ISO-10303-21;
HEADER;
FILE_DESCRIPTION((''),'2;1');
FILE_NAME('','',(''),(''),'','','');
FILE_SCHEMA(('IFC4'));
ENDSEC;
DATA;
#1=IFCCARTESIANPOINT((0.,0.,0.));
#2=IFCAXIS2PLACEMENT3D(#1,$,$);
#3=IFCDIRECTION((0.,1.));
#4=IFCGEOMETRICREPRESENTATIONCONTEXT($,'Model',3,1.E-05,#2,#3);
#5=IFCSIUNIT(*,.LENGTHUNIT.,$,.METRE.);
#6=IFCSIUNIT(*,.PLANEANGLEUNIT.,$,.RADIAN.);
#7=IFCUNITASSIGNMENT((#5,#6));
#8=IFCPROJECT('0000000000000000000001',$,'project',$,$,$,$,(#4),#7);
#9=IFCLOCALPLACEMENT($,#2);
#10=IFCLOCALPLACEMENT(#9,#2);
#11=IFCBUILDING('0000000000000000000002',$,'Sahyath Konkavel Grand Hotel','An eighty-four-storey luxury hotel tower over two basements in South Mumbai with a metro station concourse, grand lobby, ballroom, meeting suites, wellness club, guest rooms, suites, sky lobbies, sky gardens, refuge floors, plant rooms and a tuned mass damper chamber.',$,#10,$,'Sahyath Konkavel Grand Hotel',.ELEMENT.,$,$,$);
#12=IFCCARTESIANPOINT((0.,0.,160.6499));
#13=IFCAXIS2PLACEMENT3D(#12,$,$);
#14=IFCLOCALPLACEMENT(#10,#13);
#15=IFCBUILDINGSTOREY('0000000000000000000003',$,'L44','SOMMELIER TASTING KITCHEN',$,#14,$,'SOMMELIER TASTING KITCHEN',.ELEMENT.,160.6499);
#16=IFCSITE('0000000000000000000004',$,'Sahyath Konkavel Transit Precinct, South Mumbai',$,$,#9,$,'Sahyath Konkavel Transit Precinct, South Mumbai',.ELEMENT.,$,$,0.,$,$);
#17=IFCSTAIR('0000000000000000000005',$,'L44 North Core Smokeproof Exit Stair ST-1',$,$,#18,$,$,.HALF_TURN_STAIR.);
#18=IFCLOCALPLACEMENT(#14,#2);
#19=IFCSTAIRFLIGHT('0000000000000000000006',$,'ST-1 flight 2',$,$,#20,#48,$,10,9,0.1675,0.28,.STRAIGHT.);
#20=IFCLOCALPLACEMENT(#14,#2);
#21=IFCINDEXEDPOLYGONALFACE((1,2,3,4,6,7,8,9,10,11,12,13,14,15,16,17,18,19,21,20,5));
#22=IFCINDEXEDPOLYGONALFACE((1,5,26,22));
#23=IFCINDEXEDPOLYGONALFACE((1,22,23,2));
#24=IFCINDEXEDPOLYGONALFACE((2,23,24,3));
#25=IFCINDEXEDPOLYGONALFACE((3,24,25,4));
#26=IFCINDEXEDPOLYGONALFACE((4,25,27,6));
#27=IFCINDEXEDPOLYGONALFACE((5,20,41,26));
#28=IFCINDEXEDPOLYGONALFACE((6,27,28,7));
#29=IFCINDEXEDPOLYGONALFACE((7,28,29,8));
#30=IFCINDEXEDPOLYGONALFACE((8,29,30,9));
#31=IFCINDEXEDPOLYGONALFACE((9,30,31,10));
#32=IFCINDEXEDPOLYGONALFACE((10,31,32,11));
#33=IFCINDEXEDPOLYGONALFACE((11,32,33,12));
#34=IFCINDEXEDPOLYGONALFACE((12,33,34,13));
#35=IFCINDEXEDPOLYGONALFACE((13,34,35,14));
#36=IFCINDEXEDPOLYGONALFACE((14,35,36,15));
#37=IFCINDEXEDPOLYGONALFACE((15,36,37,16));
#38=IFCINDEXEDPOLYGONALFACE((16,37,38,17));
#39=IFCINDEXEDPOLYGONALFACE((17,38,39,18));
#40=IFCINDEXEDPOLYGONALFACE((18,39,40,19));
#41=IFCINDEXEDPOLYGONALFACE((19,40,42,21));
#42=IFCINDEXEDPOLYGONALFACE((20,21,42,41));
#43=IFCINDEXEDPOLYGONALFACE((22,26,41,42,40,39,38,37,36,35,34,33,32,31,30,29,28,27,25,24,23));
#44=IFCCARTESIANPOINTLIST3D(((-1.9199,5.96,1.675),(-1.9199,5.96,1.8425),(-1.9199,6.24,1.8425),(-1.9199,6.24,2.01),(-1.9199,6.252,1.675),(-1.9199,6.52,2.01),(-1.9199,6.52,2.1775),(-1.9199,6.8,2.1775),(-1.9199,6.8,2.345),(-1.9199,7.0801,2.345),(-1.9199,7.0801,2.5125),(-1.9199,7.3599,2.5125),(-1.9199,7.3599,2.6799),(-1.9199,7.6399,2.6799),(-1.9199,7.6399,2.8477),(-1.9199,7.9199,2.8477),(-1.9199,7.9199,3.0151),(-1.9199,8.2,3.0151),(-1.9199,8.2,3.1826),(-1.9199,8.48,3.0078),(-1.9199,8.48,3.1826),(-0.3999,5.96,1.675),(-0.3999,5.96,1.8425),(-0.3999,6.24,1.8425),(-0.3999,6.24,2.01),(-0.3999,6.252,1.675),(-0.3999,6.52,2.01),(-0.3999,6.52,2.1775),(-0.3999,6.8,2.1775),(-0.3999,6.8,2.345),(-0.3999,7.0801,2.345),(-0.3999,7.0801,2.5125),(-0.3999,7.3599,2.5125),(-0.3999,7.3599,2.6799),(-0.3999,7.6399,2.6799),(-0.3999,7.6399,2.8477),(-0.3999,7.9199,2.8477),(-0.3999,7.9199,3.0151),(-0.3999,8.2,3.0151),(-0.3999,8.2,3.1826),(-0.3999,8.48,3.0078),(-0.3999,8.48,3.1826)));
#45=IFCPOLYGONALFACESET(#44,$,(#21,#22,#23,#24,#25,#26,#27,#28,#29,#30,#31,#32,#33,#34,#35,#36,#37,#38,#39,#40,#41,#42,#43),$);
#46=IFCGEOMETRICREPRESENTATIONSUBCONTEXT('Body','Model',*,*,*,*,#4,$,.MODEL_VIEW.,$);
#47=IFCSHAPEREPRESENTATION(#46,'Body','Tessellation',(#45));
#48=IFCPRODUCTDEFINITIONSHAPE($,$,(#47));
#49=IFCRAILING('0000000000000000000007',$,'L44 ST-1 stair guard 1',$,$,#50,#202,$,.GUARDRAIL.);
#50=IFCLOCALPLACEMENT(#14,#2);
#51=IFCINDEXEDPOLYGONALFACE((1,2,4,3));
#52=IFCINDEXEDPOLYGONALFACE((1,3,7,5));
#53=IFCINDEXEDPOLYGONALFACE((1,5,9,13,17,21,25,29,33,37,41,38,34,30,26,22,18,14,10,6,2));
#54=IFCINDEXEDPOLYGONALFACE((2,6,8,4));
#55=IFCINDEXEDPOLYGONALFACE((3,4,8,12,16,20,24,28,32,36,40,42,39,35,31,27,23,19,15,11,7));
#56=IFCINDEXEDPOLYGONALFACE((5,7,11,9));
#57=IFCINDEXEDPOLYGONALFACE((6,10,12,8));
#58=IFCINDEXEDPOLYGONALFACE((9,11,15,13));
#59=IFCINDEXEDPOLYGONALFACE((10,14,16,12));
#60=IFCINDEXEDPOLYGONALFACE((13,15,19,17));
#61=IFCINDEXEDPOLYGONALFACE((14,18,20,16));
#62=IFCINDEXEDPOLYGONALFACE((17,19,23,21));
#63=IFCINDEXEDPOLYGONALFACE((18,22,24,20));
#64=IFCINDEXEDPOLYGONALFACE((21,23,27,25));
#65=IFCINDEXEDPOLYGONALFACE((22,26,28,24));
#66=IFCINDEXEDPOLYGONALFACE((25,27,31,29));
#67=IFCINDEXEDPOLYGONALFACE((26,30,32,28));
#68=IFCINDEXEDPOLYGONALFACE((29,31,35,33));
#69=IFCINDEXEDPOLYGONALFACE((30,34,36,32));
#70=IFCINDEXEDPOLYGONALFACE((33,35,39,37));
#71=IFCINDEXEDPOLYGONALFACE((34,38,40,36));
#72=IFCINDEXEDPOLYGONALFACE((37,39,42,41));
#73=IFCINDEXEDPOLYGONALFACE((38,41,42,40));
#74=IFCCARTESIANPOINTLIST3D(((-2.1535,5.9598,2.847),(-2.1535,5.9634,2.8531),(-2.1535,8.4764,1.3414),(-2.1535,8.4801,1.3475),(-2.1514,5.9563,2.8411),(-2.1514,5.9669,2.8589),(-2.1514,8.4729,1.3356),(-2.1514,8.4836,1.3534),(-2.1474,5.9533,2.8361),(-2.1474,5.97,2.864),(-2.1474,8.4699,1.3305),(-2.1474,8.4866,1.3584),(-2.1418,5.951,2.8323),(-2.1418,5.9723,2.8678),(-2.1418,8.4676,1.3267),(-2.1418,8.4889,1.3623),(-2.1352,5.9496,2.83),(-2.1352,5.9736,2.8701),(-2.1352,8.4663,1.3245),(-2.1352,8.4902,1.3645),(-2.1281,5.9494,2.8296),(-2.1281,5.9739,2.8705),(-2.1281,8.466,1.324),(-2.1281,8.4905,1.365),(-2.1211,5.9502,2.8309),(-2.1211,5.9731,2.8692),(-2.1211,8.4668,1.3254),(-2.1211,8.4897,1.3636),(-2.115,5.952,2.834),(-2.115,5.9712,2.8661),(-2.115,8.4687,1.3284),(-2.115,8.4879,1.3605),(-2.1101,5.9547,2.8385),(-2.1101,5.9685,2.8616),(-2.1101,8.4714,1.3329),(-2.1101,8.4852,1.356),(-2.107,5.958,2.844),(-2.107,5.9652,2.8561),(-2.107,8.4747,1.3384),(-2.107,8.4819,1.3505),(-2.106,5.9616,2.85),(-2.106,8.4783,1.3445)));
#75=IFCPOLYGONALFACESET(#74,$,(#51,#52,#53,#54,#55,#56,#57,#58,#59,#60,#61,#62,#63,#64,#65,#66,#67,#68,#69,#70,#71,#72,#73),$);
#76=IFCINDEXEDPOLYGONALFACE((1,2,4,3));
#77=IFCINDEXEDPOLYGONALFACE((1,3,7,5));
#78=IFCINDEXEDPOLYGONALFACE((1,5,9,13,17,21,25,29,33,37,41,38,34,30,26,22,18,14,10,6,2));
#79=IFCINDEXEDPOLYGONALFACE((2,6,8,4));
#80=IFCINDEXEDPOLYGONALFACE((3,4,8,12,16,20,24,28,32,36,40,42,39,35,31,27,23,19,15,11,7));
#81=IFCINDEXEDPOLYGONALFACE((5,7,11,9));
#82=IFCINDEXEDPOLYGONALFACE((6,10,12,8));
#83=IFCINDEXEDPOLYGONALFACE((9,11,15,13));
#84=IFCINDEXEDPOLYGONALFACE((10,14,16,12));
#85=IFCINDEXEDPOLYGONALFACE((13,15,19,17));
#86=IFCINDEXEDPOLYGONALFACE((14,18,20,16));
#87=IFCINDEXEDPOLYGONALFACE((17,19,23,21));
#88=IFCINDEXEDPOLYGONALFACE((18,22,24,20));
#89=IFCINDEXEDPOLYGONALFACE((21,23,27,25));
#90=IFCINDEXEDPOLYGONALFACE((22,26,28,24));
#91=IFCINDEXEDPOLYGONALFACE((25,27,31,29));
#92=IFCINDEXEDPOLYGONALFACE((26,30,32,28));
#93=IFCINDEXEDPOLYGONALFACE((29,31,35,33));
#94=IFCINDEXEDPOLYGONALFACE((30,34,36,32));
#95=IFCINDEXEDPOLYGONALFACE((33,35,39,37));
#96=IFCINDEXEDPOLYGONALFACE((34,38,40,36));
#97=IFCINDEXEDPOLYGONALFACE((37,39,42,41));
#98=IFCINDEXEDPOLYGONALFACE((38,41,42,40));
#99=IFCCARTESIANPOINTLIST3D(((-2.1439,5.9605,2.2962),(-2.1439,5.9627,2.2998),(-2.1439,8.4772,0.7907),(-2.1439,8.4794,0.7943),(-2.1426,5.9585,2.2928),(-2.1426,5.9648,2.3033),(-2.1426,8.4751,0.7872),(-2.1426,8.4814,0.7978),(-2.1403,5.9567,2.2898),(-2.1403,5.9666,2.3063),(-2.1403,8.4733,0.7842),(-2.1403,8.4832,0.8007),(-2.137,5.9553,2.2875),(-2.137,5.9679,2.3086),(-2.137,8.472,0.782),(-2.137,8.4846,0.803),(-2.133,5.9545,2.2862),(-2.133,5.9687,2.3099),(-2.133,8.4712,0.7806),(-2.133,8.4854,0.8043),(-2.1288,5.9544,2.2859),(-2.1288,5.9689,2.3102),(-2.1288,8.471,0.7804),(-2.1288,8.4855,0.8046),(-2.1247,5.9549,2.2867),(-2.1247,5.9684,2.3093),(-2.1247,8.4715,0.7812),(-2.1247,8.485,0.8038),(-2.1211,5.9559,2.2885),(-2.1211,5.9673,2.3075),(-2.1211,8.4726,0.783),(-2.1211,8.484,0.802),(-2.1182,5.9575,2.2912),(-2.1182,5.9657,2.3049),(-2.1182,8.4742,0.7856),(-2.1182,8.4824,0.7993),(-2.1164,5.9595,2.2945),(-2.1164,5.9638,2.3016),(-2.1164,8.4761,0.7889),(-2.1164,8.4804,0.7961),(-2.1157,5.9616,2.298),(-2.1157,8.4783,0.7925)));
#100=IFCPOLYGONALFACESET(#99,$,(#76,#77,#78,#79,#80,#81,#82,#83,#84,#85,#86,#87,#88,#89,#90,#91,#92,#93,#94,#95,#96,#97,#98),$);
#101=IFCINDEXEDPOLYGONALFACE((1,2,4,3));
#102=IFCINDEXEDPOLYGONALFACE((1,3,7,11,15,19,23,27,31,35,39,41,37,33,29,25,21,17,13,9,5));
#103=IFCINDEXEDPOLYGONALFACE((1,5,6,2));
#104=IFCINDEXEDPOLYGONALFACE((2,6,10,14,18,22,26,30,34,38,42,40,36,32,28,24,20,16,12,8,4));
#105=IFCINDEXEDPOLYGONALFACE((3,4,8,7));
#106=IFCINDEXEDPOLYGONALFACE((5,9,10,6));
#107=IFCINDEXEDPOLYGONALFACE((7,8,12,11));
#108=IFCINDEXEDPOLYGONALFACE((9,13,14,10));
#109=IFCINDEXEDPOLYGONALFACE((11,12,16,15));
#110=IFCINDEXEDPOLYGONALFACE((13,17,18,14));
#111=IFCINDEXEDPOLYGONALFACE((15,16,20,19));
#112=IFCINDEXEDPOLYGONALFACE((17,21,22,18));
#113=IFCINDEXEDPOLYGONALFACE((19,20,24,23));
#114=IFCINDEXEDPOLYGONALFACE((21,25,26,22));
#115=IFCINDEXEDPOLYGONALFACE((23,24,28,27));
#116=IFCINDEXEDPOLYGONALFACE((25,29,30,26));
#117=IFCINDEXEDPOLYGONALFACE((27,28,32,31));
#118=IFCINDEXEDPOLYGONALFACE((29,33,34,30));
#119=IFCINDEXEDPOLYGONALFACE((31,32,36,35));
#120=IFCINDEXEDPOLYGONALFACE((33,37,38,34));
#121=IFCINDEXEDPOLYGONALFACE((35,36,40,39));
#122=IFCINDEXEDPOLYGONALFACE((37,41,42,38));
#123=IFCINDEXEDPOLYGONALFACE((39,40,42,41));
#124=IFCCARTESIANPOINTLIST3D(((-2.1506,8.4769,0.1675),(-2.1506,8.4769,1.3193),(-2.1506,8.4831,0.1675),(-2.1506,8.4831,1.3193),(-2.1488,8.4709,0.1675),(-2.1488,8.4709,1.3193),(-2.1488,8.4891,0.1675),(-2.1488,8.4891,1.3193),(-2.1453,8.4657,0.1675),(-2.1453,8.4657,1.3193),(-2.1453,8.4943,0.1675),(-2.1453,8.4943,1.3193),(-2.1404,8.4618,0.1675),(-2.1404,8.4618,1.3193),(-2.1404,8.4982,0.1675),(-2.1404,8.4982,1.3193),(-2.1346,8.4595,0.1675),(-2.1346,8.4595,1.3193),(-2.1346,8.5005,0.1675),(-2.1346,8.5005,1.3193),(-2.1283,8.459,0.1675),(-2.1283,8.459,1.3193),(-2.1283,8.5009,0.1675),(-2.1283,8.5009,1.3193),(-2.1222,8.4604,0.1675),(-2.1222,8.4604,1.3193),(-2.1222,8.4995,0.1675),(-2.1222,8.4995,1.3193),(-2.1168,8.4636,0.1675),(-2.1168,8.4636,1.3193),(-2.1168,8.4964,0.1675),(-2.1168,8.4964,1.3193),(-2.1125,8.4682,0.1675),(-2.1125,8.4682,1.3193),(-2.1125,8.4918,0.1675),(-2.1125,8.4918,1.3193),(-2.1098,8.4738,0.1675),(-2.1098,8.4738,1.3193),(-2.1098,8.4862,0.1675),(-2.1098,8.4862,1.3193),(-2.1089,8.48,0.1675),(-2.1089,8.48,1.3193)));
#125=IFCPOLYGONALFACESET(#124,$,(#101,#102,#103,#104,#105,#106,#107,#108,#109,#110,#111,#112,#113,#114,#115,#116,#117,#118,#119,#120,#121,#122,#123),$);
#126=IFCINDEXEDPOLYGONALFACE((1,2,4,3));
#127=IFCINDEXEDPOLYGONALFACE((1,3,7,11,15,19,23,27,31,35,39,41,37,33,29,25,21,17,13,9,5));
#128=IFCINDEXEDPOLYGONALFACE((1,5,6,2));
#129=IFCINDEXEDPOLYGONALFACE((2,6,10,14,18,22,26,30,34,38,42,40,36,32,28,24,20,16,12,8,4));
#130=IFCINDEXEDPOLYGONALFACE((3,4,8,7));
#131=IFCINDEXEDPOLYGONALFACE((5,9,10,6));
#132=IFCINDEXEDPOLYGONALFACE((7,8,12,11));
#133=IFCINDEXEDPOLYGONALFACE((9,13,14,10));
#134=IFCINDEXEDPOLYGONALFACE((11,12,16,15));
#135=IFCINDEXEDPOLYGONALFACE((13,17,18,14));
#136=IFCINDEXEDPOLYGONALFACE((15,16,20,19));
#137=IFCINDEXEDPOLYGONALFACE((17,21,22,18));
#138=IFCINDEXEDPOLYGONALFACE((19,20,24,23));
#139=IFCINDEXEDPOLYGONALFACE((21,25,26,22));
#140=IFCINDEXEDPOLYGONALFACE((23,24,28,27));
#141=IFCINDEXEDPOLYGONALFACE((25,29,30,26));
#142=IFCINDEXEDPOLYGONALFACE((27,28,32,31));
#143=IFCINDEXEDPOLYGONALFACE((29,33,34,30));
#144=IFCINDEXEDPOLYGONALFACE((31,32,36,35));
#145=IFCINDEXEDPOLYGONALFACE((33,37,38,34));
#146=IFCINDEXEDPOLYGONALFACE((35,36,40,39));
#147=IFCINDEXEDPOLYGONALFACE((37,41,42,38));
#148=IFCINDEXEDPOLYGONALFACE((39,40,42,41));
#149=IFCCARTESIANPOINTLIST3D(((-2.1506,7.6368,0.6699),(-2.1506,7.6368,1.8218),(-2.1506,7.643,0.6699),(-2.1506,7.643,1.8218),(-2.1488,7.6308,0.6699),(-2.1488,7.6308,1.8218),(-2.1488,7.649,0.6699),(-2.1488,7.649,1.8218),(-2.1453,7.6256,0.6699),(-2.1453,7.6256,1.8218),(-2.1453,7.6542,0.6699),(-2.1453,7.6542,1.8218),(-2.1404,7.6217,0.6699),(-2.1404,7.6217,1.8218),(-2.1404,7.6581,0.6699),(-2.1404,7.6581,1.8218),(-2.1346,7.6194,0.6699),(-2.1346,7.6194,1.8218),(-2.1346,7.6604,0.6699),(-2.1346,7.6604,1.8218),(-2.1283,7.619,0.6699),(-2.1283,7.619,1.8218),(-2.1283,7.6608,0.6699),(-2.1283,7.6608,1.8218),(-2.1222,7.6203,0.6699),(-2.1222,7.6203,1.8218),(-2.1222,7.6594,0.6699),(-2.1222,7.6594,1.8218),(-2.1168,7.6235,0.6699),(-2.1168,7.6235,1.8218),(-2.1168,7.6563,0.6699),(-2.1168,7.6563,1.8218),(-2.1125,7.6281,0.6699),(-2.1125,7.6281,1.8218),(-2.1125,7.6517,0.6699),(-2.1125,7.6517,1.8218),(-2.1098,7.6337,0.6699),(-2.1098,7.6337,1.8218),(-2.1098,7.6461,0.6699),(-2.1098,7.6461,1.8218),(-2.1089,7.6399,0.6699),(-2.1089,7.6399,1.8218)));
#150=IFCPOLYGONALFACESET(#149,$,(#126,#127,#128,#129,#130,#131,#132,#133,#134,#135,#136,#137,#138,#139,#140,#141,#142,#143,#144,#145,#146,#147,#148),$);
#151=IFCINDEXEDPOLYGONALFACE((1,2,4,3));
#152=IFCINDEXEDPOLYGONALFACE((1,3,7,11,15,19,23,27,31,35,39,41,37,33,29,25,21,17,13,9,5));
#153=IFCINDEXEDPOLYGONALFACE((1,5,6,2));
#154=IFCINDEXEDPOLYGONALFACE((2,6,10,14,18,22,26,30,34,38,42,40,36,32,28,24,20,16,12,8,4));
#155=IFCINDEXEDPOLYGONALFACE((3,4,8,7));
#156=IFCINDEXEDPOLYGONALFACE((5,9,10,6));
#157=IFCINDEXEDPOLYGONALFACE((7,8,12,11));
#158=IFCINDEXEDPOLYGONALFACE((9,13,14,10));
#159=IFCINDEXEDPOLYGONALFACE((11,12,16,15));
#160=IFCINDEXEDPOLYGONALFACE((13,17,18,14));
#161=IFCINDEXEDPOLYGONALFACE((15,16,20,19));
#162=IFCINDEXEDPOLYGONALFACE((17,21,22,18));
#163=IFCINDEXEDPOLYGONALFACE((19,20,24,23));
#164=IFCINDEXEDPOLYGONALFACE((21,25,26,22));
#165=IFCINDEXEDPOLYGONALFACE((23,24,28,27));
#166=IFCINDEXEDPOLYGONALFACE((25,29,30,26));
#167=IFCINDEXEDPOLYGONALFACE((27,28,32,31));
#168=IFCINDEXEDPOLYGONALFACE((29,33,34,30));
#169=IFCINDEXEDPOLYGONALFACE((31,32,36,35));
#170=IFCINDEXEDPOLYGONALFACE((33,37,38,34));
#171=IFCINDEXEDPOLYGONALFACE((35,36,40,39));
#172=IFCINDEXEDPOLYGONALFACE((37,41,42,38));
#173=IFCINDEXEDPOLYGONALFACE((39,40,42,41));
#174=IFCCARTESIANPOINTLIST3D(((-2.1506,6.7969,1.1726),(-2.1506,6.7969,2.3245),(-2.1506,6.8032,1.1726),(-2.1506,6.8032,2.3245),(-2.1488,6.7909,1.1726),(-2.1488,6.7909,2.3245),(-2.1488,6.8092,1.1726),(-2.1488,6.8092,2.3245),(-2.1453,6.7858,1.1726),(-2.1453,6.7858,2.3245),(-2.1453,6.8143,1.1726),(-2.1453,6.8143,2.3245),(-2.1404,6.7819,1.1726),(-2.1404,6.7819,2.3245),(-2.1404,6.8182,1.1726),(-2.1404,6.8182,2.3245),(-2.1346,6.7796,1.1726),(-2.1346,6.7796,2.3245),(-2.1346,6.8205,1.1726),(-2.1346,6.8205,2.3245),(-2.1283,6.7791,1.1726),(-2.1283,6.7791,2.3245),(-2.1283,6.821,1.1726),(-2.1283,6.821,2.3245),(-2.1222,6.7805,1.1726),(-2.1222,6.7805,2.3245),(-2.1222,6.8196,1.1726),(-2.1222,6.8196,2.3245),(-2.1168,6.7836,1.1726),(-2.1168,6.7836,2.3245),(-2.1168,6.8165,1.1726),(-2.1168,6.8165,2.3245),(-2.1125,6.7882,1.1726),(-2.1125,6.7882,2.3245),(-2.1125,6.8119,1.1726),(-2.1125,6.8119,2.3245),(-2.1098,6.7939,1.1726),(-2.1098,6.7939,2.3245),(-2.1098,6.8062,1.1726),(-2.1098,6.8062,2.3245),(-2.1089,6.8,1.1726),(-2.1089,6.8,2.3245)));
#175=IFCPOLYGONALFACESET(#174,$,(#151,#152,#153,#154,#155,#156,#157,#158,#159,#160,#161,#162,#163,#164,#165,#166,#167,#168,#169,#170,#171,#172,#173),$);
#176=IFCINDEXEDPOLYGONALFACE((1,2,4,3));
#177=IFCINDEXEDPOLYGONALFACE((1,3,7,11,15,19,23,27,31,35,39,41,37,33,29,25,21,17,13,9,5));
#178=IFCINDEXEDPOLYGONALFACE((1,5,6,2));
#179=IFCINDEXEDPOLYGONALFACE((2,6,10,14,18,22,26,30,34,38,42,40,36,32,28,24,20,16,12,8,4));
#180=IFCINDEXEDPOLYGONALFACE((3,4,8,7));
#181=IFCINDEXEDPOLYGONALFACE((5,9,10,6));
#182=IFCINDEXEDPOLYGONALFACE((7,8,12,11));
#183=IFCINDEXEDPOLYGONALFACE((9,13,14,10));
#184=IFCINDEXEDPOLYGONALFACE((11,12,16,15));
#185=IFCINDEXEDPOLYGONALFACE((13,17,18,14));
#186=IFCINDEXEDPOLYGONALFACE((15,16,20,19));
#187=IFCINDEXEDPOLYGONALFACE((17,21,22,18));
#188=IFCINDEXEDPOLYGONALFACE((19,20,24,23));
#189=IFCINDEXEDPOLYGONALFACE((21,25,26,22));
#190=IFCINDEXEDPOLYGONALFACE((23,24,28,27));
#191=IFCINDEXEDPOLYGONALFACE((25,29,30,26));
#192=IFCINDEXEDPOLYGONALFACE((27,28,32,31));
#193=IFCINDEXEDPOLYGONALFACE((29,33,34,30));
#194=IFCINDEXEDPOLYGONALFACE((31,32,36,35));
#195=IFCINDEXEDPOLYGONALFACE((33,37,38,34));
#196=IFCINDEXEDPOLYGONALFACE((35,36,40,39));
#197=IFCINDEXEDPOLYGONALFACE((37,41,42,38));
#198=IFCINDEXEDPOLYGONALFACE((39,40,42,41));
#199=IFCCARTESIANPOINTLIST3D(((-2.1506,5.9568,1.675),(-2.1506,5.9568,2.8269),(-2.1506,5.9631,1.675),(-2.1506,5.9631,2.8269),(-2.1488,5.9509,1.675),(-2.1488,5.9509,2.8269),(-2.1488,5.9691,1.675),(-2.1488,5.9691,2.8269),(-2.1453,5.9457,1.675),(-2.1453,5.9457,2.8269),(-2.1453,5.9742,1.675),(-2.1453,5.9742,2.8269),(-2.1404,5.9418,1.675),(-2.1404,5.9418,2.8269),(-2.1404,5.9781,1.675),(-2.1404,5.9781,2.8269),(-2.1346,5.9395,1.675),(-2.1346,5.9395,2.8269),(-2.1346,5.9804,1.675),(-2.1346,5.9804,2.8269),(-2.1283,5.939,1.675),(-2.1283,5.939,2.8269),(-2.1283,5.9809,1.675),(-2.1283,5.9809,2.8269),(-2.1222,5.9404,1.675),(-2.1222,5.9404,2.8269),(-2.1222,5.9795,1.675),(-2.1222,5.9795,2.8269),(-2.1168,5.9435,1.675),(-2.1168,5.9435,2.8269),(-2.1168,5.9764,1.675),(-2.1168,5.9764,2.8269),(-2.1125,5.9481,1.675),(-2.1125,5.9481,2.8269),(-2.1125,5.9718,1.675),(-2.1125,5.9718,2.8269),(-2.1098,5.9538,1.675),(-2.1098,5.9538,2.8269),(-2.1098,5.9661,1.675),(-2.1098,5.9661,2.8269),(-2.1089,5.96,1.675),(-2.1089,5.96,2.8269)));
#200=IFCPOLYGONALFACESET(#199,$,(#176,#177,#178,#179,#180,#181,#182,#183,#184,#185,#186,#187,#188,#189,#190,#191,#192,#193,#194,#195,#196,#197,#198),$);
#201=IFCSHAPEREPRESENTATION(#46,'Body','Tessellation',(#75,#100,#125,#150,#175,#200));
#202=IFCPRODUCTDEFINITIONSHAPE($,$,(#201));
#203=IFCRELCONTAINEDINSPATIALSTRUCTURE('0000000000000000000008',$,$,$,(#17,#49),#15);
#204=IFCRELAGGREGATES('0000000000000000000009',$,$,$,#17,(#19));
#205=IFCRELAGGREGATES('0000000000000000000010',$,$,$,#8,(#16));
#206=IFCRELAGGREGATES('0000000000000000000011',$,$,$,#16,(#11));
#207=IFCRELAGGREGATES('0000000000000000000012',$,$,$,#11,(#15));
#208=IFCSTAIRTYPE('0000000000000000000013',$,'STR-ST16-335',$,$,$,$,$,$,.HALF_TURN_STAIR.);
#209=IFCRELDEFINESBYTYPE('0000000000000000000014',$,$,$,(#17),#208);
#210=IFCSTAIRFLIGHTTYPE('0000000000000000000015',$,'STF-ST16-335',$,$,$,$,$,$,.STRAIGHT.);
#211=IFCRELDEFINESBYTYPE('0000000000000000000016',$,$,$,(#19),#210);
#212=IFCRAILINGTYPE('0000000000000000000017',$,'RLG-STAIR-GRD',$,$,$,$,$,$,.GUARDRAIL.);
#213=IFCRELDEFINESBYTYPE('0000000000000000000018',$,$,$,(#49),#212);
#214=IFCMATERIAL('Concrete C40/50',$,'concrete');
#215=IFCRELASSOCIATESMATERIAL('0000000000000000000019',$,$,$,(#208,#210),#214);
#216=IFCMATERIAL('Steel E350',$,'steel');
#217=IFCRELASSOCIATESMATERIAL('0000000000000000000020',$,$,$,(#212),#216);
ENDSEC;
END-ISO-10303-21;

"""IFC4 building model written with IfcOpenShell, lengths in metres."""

from ifc_helpers import new_model, si_unit, direction, frame, origin, origin_2d, place, context, subcontext, project, spatial, polyline, circle, outline, extrude, material, type_object, element, aggregate, save


model = new_model("IFC4")

# Units and contexts
model_context = context("Model", 3, precision=1e-05, world=origin(), true_north=direction((0.0, 1.0)))
body_context = subcontext(model_context, "Body", "Model", "MODEL_VIEW")
ifc_project = project(units=[si_unit("LENGTHUNIT", "METRE"), si_unit("PLANEANGLEUNIT", "RADIAN")], contexts=[model_context])

# Site, building, storey
site_placement = place(None, origin())
site = spatial("IfcSite", under=ifc_project, at=site_placement, Name="Sahyath Konkavel Transit Precinct, South Mumbai", LongName="Sahyath Konkavel Transit Precinct, South Mumbai", CompositionType="ELEMENT", RefElevation=0.0)
building_placement = place(site_placement, origin())
building = spatial("IfcBuilding", under=site, at=building_placement, Name="Sahyath Konkavel Grand Hotel", Description="An eighty-four-storey luxury hotel tower over two basements in South Mumbai with a metro station concourse, grand lobby, ballroom, meeting suites, wellness club, guest rooms, suites, sky lobbies, sky gardens, refuge floors, plant rooms and a tuned mass damper chamber.", LongName="Sahyath Konkavel Grand Hotel", CompositionType="ELEMENT")
storey_placement = place(building_placement, frame((0.0, 0.0, 160.6499)))
storey = spatial("IfcBuildingStorey", under=building, at=storey_placement, Name="L44", Description="SOMMELIER TASTING KITCHEN", LongName="SOMMELIER TASTING KITCHEN", CompositionType="ELEMENT", Elevation=160.6499)

# Shared definitions
ifc_material_1 = material(Name="Steel E350", Category="steel")

# Stair, stair flight
ifc_material_2 = material(Name="Concrete C40/50", Category="concrete")
stair_type = type_object("IfcStairType", Name="STR-ST16-335", PredefinedType="HALF_TURN_STAIR", material=ifc_material_2)
stair_placement = place(storey_placement, origin())
stair = element("IfcStair", 1, at=stair_placement, inside=storey, type_object=stair_type, Name="L44 North Core Smokeproof Exit Stair ST-1", PredefinedType="HALF_TURN_STAIR")
stair_flight_type = type_object("IfcStairFlightType", Name="STF-ST16-335", PredefinedType="STRAIGHT", material=ifc_material_2)
stair_flight_1_placement = place(storey_placement, frame((-1.1599, 5.96, 1.675), z_axis=(0.0, 0.0, 1.0), x_axis=(0.0, 1.0, 0.0)))
stair_flight_1 = element("IfcStairFlight", 2, at=stair_flight_1_placement, type_object=stair_flight_type, Name="ST-1 flight 2", NumberOfRisers=10, NumberOfTreads=9, PredefinedType="STRAIGHT", RiserHeight=0.1675, TreadLength=0.28, context=body_context, shape_type="SweptSolid", body=[
    extrude(outline(polyline([(0.0, 0.0), (0.0, 0.1675), (0.28, 0.1675), (0.28, 0.335), (0.5601, 0.335), (0.5601, 0.5024), (0.8401, 0.5024), (0.8401, 0.6699), (1.1201, 0.6699), (1.1201, 0.8374), (1.3999, 0.8374), (1.3999, 1.0049), (1.6799, 1.0049), (1.6799, 1.1726), (1.96, 1.1726), (1.96, 1.3401), (2.24, 1.3401), (2.24, 1.5076), (2.52, 1.5076), (2.52, 1.675), (2.52, 1.3328), (0.292, 0.0), (0.0, 0.0)])), frame((0.0, 0.76, 0.0), z_axis=(0.0, -1.0, 0.0), x_axis=(1.0, 0.0, 0.0)), (0.0, 0.0, 1.0), 1.52),
])
aggregate(stair, [stair_flight_1])

# Railing
railing_type_1 = type_object("IfcRailingType", Name="RLG-STAIR-GRD", PredefinedType="GUARDRAIL", material=ifc_material_1)
railing_1_placement = place(storey_placement, frame((-2.1299, 8.48, 0.1675)))
element("IfcRailing", 3, at=railing_1_placement, inside=storey, type_object=railing_type_1, Name="L44 ST-1 stair guard 1", PredefinedType="GUARDRAIL", context=body_context, shape_type="SweptSolid", body=[
    extrude(circle(Radius=0.0239, at=origin_2d()), frame((0.0, -0.0017, 1.177), z_axis=(0.0, -0.85816, 0.513383), x_axis=(1.0, 0.0, 0.0)), (0.0, 0.0, 1.0), 2.9326),
    extrude(circle(Radius=0.0142, at=origin_2d()), frame((0.0, -0.0017, 0.625), z_axis=(0.0, -0.85816, 0.513383), x_axis=(1.0, 0.0, 0.0)), (0.0, 0.0, 1.0), 2.9326),
    extrude(circle(Radius=0.021, at=origin_2d()), origin(), (0.0, 0.0, 1.0), 1.1519),
    extrude(circle(Radius=0.021, at=origin_2d()), frame((0.0, -0.8401, 0.5024)), (0.0, 0.0, 1.0), 1.1519),
    extrude(circle(Radius=0.021, at=origin_2d()), frame((0.0, -1.6799, 1.0051)), (0.0, 0.0, 1.0), 1.1519),
    extrude(circle(Radius=0.021, at=origin_2d()), frame((0.0, -2.52, 1.5076)), (0.0, 0.0, 1.0), 1.1519),
])

save(model, "model.ifc")
